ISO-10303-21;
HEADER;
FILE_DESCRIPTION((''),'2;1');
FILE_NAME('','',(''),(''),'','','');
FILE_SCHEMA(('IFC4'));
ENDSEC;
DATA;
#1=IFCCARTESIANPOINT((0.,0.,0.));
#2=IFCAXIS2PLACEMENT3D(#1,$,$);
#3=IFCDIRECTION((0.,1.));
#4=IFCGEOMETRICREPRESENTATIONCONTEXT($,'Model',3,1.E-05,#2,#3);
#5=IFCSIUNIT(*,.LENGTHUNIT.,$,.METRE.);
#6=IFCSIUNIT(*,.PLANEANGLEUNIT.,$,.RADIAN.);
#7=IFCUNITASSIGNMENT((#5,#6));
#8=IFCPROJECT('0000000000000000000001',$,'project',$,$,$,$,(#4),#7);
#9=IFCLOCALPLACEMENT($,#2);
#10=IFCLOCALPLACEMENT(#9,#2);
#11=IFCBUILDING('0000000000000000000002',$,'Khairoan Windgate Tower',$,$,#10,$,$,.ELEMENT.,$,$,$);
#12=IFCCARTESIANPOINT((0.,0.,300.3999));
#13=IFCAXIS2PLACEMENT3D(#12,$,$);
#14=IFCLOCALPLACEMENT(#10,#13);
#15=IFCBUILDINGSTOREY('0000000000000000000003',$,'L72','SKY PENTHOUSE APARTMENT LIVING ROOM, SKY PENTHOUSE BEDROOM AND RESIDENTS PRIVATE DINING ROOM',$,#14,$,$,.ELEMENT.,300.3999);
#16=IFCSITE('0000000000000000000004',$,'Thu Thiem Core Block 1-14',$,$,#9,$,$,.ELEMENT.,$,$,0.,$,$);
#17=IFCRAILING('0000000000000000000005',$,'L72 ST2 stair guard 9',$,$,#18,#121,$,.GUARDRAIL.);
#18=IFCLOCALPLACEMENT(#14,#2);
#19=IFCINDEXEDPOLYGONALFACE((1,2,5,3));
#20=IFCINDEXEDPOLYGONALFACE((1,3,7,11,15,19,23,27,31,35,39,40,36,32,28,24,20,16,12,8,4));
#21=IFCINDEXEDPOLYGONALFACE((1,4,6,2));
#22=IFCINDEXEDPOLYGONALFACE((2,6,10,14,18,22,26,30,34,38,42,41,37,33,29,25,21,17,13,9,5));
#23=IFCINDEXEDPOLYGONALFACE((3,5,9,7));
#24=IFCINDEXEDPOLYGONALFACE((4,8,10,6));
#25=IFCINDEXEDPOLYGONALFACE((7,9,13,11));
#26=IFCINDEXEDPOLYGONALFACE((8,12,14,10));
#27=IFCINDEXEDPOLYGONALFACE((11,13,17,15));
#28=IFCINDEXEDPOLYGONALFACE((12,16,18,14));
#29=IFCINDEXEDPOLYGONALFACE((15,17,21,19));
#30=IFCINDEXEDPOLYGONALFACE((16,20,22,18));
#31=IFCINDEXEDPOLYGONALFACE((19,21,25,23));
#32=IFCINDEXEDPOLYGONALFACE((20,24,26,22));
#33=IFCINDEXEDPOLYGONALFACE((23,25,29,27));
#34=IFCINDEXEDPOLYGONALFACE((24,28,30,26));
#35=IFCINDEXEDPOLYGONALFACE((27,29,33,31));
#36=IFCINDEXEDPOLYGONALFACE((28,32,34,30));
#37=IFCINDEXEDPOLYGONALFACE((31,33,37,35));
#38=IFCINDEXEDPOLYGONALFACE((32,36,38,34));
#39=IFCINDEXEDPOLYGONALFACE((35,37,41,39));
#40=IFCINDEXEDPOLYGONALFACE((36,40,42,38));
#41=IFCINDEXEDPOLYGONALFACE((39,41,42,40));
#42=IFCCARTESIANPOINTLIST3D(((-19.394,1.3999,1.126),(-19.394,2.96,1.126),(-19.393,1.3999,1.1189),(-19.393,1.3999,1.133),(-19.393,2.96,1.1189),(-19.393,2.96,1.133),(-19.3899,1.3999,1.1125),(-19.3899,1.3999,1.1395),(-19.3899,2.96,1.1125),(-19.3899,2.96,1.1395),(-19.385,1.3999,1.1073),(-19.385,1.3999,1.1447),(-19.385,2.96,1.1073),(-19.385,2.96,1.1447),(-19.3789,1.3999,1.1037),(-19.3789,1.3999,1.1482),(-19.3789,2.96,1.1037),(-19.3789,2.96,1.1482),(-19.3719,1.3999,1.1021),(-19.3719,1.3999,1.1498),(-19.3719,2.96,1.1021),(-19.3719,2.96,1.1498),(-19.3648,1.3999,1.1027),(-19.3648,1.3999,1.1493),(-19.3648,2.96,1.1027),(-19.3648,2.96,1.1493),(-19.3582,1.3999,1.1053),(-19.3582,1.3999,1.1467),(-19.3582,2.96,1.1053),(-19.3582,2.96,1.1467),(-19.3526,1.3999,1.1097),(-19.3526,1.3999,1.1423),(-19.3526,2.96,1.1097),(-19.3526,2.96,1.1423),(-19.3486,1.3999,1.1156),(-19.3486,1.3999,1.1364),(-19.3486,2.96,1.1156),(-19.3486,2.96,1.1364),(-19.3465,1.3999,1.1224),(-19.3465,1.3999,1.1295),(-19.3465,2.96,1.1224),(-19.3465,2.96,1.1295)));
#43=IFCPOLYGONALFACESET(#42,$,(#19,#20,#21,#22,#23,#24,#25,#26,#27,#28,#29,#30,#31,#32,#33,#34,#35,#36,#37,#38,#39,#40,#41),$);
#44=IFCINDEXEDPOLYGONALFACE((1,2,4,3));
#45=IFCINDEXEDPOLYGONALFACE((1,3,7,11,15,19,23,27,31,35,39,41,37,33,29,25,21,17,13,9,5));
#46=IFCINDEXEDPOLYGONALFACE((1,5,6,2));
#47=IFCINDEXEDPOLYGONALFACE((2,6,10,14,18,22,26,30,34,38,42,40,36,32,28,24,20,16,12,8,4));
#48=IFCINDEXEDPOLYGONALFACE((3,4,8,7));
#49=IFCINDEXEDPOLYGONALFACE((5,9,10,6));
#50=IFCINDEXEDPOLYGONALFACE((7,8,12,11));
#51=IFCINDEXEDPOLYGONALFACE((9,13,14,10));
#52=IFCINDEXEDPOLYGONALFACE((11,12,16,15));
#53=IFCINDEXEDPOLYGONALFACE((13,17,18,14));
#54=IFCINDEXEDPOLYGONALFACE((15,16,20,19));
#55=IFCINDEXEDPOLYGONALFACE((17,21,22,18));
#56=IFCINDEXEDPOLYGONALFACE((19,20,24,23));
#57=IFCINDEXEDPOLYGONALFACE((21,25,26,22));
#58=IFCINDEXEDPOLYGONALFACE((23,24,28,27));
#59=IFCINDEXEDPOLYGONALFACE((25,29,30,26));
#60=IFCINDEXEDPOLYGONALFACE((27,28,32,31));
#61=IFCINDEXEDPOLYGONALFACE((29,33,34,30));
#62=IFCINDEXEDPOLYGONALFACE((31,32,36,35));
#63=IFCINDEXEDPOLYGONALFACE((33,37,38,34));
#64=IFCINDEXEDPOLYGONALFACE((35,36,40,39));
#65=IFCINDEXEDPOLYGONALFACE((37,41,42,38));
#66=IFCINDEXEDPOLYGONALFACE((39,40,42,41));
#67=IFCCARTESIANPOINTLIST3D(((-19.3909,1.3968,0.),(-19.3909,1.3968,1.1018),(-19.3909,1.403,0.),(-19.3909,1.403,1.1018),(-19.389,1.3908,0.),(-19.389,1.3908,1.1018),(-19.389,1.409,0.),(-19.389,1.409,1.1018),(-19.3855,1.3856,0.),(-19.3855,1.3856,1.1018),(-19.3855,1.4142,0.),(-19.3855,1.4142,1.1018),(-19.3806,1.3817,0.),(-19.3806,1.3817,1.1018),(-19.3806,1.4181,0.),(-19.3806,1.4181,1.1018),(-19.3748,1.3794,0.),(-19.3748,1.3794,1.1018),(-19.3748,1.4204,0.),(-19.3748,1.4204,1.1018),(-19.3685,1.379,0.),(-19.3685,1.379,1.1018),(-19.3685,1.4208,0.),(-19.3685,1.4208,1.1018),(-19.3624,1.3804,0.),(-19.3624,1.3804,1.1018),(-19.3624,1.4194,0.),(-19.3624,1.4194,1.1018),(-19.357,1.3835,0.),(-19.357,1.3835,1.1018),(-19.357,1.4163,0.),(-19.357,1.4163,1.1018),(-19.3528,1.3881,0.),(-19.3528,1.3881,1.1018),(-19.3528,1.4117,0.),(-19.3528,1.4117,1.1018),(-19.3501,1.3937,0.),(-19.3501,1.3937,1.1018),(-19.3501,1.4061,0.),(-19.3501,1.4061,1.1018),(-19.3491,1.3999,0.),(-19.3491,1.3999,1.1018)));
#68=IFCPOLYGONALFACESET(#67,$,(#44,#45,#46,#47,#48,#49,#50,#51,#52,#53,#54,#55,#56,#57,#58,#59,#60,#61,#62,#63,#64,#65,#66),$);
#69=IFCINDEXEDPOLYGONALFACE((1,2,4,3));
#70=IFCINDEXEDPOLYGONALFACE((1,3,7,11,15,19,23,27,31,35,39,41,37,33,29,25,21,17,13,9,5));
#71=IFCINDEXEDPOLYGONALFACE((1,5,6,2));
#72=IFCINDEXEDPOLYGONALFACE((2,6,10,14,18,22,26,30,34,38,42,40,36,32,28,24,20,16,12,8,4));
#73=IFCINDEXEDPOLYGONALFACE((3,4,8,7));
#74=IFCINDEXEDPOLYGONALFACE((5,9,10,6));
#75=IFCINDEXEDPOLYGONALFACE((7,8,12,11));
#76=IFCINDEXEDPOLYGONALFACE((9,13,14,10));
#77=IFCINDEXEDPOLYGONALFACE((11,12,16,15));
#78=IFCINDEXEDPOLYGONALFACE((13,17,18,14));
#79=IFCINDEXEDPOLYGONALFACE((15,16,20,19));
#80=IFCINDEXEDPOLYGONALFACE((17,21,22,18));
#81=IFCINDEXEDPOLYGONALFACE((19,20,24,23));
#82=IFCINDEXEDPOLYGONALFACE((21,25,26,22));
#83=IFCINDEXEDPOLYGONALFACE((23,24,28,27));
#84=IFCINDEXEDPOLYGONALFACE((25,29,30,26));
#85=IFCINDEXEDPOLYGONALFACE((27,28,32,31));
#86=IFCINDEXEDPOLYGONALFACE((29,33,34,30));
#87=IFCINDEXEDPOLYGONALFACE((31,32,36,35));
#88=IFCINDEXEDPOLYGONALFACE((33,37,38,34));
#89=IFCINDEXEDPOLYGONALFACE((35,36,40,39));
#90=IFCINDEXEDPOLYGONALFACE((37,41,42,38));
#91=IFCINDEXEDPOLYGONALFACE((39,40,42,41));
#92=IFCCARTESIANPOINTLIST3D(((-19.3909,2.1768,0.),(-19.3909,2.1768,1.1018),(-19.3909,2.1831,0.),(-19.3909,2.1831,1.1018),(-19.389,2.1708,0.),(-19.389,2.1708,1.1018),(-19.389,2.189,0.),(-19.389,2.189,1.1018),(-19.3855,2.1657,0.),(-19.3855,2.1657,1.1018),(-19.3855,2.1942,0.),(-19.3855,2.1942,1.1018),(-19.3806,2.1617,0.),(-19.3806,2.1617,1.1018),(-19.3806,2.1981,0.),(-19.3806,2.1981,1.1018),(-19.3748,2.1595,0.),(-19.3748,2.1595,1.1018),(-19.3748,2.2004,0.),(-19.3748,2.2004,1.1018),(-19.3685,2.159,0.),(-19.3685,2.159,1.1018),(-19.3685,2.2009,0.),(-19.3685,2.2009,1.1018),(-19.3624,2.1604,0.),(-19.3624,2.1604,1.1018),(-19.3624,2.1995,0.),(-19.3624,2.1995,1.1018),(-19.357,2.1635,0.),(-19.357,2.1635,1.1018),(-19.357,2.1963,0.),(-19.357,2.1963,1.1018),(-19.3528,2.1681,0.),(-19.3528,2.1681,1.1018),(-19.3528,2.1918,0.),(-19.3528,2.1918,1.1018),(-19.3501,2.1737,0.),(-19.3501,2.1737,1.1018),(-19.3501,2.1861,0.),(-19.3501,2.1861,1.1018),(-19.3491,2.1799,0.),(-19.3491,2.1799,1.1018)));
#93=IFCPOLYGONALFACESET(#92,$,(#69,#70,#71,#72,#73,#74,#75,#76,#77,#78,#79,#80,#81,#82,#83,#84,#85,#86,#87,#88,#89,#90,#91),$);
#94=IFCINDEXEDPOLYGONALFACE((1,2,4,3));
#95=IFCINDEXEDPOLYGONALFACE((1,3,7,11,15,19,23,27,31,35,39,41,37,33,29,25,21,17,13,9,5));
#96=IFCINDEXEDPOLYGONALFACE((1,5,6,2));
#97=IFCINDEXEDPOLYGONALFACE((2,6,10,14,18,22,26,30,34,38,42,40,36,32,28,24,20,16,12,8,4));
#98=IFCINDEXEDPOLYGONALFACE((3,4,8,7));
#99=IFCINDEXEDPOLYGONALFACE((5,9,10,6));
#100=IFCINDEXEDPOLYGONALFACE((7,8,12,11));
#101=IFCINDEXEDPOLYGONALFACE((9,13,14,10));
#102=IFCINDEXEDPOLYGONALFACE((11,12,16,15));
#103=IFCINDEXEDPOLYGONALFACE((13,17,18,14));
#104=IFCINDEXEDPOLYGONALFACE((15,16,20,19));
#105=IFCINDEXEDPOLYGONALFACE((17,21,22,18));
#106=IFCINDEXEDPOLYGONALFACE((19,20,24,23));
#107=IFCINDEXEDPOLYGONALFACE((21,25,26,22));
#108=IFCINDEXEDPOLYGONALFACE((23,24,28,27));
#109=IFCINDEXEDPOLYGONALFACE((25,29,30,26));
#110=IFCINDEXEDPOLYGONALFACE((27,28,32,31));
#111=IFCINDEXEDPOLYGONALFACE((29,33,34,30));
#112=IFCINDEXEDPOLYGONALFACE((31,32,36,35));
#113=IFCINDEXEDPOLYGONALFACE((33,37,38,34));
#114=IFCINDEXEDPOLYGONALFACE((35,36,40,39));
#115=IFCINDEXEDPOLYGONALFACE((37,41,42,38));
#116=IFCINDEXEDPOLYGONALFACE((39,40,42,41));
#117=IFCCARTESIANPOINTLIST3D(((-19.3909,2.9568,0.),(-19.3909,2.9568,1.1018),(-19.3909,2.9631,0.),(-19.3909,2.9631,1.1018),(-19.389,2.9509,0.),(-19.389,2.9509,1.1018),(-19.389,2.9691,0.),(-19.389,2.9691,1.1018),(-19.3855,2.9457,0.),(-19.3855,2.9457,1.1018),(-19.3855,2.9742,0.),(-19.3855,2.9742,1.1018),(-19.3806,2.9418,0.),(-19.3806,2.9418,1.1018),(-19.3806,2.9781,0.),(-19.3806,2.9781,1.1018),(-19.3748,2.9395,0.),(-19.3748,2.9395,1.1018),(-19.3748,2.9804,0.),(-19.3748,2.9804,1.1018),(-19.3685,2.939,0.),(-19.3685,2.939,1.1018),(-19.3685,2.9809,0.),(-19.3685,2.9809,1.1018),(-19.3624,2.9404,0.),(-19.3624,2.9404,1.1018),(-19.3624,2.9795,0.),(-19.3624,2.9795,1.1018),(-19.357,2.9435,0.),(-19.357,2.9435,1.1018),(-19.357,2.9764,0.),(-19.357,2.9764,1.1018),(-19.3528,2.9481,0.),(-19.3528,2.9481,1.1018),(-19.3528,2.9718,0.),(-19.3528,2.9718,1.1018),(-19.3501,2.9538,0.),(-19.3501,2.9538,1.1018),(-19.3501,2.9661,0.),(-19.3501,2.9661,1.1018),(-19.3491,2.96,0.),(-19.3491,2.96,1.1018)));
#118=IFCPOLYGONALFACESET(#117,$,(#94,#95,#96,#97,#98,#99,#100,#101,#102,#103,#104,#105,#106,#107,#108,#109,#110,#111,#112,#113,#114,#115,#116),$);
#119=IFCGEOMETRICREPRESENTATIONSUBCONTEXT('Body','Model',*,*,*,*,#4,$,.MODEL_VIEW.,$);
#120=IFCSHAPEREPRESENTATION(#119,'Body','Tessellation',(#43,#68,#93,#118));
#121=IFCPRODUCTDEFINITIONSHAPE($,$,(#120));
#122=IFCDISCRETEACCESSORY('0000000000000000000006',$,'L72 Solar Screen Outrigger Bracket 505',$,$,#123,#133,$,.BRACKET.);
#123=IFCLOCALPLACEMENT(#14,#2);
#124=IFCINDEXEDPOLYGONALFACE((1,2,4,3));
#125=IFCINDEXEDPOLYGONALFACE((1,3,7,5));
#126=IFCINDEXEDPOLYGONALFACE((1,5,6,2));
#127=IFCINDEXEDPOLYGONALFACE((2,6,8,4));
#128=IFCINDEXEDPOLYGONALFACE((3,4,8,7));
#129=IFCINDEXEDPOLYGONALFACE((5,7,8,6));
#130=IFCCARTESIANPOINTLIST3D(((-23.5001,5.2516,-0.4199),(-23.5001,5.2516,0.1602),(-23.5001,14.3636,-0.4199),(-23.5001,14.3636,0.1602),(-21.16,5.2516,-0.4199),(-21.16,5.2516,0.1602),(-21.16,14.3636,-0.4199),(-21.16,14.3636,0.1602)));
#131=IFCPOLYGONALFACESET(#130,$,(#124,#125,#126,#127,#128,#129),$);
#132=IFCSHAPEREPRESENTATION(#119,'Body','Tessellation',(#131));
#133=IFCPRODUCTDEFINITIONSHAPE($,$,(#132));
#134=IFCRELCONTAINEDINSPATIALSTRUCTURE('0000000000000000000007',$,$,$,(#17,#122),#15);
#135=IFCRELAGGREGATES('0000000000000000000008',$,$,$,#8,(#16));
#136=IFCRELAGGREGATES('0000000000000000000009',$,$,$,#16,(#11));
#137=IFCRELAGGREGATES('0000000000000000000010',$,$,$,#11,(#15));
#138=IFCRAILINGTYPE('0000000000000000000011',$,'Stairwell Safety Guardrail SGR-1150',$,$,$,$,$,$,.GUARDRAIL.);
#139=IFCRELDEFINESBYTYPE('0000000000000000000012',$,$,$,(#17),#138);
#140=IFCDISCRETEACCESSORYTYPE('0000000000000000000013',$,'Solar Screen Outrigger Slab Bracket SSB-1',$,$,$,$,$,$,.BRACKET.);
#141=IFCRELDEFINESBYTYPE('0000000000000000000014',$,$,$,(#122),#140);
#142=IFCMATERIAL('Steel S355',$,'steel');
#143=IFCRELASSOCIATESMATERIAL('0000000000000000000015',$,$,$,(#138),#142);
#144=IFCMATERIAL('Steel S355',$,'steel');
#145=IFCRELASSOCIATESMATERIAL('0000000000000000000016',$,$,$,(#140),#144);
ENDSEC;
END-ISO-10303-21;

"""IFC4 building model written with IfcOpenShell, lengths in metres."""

from ifc_helpers import new_model, si_unit, direction, frame, origin, origin_2d, place, context, subcontext, project, spatial, rectangle, circle, extrude, material, type_object, element, save


model = new_model("IFC4")

# Units and contexts
model_context = context("Model", 3, precision=1e-05, world=origin(), true_north=direction((0.0, 1.0)))
body_context = subcontext(model_context, "Body", "Model", "MODEL_VIEW")
ifc_project = project(units=[si_unit("LENGTHUNIT", "METRE"), si_unit("PLANEANGLEUNIT", "RADIAN")], contexts=[model_context])

# Site, building, storey
site_placement = place(None, origin())
site = spatial("IfcSite", under=ifc_project, at=site_placement, Name="Thu Thiem Core Block 1-14", CompositionType="ELEMENT", RefElevation=0.0)
building_placement = place(site_placement, origin())
building = spatial("IfcBuilding", under=site, at=building_placement, Name="Khairoan Windgate Tower", CompositionType="ELEMENT")
storey_placement = place(building_placement, frame((0.0, 0.0, 300.3999)))
storey = spatial("IfcBuildingStorey", under=building, at=storey_placement, Name="L72", Description="SKY PENTHOUSE APARTMENT LIVING ROOM, SKY PENTHOUSE BEDROOM AND RESIDENTS PRIVATE DINING ROOM", CompositionType="ELEMENT", Elevation=300.3999)

# Railing
ifc_material_1 = material(Name="Steel S355", Category="steel")
railing_type_1 = type_object("IfcRailingType", Name="Stairwell Safety Guardrail SGR-1150", PredefinedType="GUARDRAIL", material=ifc_material_1)
for number, where, name in (
    (1, (-19.3701, 1.3999, 0.0), "L72 ST2 stair guard 9"),
):
    element("IfcRailing", number, at=place(storey_placement, frame(where)), inside=storey, type_object=railing_type_1, Name=name, PredefinedType="GUARDRAIL", context=body_context, shape_type="SweptSolid", body=[
        extrude(circle(Radius=0.0239, at=origin_2d()), frame((0.0, 0.0, 1.126), z_axis=(0.0, 1.0, 0.0), x_axis=(-1.0, 0.0, 0.0)), (0.0, 0.0, 1.0), 1.5601),
        extrude(circle(Radius=0.021, at=origin_2d()), origin(), (0.0, 0.0, 1.0), 1.1018),
        extrude(circle(Radius=0.021, at=origin_2d()), frame((0.0, 0.78, 0.0)), (0.0, 0.0, 1.0), 1.1018),
        extrude(circle(Radius=0.021, at=origin_2d()), frame((0.0, 1.5601, 0.0)), (0.0, 0.0, 1.0), 1.1018),
    ])

# Discrete accessory
ifc_material_2 = material(Name="Steel S355", Category="steel")
discrete_accessory_type = type_object("IfcDiscreteAccessoryType", Name="Solar Screen Outrigger Slab Bracket SSB-1", PredefinedType="BRACKET", material=ifc_material_2)
discrete_accessory_placement = place(storey_placement, frame((-22.3301, 9.8076, -0.4199), z_axis=(0.0, 0.0, 1.0), x_axis=(0.0, 1.0, 0.0)))
element("IfcDiscreteAccessory", 2, at=discrete_accessory_placement, inside=storey, type_object=discrete_accessory_type, Name="L72 Solar Screen Outrigger Bracket 505", PredefinedType="BRACKET", context=body_context, shape_type="SweptSolid", body=[
    extrude(rectangle(XDim=9.1121, YDim=2.3401, at=origin_2d()), origin(), (0.0, 0.0, 1.0), 0.5801),
])

save(model, "model.ifc")
